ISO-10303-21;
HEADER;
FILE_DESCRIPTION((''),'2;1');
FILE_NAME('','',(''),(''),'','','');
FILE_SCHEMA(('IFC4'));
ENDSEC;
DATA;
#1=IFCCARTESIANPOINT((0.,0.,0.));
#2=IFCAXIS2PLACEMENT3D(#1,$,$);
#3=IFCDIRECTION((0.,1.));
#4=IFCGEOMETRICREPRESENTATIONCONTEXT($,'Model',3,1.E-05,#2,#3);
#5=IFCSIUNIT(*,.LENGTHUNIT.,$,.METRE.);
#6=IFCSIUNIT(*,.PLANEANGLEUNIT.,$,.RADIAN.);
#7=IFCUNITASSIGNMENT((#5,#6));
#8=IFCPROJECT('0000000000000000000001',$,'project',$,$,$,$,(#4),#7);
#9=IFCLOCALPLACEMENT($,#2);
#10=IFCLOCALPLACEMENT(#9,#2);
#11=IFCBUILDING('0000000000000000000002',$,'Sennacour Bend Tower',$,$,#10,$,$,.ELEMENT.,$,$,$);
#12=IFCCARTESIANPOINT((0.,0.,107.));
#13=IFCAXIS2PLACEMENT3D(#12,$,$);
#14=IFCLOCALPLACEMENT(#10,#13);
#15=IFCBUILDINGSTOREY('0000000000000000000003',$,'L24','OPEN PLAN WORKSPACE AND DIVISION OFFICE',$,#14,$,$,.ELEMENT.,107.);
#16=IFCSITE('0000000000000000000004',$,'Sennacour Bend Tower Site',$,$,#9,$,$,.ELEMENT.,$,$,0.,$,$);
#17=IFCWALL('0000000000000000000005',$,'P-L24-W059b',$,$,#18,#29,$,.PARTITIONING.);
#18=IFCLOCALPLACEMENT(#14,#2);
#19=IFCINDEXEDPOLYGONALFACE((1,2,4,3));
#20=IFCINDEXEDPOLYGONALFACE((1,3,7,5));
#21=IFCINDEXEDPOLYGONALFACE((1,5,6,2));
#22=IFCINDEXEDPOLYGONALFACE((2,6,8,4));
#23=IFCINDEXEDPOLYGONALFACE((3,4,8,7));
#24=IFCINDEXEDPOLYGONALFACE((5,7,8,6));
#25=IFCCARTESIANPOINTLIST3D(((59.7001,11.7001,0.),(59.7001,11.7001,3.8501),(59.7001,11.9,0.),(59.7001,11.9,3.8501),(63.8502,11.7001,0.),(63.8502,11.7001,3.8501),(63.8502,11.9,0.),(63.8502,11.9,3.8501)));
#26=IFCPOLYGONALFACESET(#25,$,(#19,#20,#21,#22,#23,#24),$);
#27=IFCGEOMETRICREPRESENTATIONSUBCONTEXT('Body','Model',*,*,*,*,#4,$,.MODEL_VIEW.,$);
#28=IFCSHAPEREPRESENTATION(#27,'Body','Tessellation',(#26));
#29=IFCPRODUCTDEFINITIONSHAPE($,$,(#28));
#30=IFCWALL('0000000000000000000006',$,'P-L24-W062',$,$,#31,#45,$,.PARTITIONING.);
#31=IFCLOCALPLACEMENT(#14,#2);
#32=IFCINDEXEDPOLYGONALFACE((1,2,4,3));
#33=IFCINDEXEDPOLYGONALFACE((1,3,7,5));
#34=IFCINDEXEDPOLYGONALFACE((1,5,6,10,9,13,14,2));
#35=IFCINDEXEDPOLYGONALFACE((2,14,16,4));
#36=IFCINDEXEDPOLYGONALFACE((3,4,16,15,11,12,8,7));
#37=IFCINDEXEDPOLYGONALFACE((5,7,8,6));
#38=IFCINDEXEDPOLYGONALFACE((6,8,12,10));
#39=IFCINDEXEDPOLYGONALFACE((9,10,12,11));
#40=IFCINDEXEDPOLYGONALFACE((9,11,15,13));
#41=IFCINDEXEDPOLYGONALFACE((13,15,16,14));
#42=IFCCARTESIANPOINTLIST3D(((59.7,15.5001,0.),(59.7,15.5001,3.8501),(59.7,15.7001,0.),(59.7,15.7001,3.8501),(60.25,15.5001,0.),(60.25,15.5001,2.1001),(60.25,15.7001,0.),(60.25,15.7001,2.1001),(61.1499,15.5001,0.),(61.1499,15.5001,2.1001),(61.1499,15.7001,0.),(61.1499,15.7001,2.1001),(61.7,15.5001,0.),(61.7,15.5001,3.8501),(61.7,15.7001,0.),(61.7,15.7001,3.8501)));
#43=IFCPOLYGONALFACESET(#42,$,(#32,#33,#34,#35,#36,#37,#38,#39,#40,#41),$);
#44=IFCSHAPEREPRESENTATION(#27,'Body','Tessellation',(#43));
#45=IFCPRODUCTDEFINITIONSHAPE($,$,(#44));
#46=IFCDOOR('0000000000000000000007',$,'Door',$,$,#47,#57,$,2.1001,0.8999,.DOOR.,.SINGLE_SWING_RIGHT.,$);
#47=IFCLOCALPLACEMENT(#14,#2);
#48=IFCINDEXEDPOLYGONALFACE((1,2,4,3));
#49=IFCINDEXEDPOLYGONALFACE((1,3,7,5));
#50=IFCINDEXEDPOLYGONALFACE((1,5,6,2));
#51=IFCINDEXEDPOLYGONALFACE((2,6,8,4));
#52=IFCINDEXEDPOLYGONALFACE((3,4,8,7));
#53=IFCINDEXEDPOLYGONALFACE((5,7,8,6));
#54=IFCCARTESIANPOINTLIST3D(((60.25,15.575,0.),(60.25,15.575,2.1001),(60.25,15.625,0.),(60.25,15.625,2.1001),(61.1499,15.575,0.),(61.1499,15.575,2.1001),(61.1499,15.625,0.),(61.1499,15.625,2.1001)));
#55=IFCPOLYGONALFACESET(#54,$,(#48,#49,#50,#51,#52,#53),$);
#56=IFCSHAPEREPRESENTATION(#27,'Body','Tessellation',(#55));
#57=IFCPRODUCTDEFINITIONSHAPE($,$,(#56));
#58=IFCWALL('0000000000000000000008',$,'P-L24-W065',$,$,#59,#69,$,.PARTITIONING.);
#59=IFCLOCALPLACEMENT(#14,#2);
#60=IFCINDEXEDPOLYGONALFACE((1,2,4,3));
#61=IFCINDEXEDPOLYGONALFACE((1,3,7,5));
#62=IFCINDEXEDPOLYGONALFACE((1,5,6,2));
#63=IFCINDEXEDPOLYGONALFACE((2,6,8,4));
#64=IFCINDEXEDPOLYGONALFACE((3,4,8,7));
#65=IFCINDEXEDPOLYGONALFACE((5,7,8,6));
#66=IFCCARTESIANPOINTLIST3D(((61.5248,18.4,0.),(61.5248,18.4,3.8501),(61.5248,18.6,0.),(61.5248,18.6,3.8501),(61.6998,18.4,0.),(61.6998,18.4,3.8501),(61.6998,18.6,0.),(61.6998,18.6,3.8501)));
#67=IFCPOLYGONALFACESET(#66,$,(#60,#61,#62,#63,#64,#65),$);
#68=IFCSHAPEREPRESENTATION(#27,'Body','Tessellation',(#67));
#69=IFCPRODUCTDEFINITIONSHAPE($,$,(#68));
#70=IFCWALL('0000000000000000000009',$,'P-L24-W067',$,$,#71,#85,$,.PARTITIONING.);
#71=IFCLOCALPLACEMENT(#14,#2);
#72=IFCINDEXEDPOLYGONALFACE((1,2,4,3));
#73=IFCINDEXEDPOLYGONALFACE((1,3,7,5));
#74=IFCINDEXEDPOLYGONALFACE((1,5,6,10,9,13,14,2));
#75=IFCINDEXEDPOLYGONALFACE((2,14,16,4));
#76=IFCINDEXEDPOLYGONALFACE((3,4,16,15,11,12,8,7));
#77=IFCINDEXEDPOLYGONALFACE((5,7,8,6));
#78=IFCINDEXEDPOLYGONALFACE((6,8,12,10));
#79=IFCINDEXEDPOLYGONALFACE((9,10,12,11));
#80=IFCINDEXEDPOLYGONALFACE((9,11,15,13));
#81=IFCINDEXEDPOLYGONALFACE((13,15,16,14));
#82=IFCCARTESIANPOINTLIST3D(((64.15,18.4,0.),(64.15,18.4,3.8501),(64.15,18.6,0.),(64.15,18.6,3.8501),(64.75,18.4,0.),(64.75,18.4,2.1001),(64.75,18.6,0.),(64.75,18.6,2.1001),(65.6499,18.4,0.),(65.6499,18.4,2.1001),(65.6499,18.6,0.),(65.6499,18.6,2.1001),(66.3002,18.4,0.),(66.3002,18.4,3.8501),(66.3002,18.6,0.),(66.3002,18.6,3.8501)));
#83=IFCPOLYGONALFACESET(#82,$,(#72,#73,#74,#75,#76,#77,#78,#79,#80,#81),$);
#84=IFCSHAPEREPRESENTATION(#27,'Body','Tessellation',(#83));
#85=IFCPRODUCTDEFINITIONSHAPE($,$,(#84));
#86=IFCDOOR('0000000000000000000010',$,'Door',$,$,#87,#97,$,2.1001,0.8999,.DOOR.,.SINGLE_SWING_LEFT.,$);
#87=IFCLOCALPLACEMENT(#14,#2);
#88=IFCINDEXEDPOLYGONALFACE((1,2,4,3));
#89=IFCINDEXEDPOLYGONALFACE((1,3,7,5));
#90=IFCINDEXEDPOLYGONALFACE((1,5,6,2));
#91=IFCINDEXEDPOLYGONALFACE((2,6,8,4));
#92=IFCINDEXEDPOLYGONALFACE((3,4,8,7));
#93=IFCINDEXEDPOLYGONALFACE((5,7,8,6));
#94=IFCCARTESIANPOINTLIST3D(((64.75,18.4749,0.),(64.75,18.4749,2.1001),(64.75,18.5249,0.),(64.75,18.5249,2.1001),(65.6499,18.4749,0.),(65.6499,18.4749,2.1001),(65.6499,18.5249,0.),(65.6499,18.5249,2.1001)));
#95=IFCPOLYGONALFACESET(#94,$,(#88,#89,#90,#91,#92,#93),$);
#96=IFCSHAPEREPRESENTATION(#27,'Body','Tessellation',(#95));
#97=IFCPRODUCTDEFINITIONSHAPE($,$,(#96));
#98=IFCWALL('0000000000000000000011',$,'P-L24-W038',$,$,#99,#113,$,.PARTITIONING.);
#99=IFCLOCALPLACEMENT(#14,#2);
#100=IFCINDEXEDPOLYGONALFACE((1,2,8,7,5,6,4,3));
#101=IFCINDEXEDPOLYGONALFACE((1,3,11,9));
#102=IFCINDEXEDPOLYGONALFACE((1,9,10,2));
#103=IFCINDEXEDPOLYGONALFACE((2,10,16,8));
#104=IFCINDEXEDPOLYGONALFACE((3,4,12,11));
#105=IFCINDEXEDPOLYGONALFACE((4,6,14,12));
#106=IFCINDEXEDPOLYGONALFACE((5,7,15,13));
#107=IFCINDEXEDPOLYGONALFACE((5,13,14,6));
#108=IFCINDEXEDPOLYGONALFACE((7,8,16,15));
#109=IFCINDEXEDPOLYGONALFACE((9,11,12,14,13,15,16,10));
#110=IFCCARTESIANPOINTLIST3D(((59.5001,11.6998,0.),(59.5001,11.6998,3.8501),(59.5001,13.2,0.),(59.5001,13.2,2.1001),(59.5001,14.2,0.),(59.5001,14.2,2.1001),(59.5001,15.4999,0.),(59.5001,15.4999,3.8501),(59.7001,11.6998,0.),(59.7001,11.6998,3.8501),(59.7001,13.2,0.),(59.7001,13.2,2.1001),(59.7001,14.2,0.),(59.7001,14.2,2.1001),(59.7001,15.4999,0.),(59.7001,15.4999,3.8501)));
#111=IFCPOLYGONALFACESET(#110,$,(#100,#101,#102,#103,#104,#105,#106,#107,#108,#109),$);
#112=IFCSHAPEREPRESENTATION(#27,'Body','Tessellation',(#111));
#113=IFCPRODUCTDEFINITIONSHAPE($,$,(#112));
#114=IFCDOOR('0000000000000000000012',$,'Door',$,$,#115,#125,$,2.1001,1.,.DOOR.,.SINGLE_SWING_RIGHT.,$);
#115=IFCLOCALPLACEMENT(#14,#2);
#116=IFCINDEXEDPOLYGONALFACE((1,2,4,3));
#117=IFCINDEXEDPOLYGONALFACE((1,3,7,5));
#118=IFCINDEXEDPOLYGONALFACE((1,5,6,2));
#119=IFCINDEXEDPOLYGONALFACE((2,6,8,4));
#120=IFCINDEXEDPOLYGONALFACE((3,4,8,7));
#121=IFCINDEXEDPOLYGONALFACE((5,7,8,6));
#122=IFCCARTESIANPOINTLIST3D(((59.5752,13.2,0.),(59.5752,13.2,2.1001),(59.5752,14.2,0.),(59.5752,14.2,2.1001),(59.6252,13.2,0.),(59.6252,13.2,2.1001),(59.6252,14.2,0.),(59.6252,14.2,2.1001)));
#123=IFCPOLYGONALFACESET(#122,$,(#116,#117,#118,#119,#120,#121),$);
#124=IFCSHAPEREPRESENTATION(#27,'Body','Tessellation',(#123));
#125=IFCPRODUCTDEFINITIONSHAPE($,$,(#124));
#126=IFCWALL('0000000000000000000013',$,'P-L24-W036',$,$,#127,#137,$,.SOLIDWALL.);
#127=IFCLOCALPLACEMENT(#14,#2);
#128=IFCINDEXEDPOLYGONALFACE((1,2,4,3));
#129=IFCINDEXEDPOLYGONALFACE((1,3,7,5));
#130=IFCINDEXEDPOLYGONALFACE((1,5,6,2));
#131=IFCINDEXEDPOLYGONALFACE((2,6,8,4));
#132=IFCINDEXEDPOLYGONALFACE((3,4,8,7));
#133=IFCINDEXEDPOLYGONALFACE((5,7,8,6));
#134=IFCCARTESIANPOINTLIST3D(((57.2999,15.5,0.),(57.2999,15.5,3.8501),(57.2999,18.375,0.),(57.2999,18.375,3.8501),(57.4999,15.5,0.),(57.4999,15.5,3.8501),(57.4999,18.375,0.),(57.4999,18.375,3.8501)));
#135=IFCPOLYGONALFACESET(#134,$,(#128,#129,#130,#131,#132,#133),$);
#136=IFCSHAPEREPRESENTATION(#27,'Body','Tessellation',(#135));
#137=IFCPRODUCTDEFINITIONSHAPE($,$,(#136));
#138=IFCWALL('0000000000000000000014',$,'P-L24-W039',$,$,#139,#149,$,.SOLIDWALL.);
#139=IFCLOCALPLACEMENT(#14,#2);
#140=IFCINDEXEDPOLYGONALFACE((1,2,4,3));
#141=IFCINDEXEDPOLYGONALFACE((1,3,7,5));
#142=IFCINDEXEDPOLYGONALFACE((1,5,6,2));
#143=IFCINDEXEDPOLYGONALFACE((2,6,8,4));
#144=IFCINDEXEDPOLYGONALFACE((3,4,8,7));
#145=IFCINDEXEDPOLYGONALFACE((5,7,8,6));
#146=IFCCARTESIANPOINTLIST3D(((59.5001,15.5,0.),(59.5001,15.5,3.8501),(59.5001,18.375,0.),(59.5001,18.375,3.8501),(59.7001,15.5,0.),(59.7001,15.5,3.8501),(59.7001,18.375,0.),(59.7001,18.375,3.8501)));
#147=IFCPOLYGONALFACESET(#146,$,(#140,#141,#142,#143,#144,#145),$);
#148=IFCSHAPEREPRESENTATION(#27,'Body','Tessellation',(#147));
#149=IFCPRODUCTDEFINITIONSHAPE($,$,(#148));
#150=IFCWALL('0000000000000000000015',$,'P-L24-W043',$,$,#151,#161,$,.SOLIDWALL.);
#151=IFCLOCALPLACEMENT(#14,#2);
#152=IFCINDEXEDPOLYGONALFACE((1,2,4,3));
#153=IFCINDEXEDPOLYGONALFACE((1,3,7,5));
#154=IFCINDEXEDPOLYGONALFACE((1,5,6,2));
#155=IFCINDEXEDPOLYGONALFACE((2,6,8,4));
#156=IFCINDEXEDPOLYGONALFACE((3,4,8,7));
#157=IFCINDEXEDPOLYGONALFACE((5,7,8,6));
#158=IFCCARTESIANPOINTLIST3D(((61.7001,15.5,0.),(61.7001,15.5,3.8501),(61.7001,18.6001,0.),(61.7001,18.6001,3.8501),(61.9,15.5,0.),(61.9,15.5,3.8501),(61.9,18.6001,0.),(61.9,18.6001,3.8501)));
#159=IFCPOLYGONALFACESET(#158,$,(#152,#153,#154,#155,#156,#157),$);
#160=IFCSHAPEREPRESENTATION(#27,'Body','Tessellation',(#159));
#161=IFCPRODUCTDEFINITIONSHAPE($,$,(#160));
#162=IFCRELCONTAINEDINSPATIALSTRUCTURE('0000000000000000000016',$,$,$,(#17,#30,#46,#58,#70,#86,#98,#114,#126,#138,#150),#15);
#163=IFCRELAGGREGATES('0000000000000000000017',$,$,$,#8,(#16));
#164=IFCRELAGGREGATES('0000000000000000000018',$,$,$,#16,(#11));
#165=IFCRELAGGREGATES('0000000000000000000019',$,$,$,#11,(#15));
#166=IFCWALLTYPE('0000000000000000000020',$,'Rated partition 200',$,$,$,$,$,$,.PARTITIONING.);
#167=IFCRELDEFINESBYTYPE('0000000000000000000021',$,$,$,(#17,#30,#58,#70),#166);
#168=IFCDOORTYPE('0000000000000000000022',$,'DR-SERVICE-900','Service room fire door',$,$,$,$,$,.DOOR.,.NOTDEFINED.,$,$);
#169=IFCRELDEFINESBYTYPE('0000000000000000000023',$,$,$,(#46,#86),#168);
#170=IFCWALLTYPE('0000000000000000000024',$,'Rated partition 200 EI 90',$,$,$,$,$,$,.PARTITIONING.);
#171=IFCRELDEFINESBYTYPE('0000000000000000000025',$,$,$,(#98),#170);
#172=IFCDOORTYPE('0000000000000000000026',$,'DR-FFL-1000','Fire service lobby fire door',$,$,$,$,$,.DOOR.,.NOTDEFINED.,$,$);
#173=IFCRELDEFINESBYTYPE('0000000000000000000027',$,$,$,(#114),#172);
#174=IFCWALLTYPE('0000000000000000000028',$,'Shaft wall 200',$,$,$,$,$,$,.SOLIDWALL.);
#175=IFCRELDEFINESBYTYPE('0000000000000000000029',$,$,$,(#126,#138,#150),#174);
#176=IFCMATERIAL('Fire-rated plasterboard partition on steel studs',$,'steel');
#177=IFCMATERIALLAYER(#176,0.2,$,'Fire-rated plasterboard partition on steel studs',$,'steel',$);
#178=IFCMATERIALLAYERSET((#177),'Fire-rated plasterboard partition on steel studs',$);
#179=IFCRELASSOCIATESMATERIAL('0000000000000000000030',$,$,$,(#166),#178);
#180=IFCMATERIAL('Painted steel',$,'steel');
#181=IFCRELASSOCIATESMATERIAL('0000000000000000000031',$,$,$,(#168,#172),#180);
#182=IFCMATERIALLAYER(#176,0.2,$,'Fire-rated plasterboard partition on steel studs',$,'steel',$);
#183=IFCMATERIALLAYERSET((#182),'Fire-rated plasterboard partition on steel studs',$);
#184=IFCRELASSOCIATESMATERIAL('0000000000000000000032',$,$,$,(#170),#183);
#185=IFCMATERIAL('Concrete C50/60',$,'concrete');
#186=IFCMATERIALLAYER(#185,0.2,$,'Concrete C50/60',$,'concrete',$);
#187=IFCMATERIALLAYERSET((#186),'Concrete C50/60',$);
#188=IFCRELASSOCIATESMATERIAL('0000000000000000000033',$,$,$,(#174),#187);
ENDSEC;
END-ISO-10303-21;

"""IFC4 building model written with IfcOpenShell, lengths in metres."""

from ifc_helpers import new_model, si_unit, direction, frame, frame_2d, origin, place, context, subcontext, project, spatial, rectangle, extrude, material, layer, layer_set, type_object, element, fill, save


model = new_model("IFC4")

# Units and contexts
model_context = context("Model", 3, precision=1e-05, world=origin(), true_north=direction((0.0, 1.0)))
body_context = subcontext(model_context, "Body", "Model", "MODEL_VIEW")
ifc_project = project(units=[si_unit("LENGTHUNIT", "METRE"), si_unit("PLANEANGLEUNIT", "RADIAN")], contexts=[model_context])

# Site, building, storey
site_placement = place(None, origin())
site = spatial("IfcSite", under=ifc_project, at=site_placement, Name="Sennacour Bend Tower Site", CompositionType="ELEMENT", RefElevation=0.0)
building_placement = place(site_placement, origin())
building = spatial("IfcBuilding", under=site, at=building_placement, Name="Sennacour Bend Tower", CompositionType="ELEMENT")
storey_placement = place(building_placement, frame((0.0, 0.0, 107.0)))
storey = spatial("IfcBuildingStorey", under=building, at=storey_placement, Name="L24", Description="OPEN PLAN WORKSPACE AND DIVISION OFFICE", CompositionType="ELEMENT", Elevation=107.0)

# Wall
ifc_material_1 = material(Name="Fire-rated plasterboard partition on steel studs", Category="steel")
ifc_layer_1 = layer(ifc_material_1, 0.2, Name="Fire-rated plasterboard partition on steel studs", Category="steel")
ifc_layer_set_1 = layer_set([ifc_layer_1], Name="Fire-rated plasterboard partition on steel studs")
wall_type_1 = type_object("IfcWallType", Name="Rated partition 200", PredefinedType="PARTITIONING", material=ifc_layer_set_1)
wall_1_placement = place(storey_placement, frame((59.7, 11.8, 0.0), z_axis=(0.0, 0.0, 1.0), x_axis=(1.0, 0.0, 0.0)))
element("IfcWall", 1, at=wall_1_placement, inside=storey, type_object=wall_type_1, Name="P-L24-W059b", PredefinedType="PARTITIONING", context=body_context, shape_type="SweptSolid", body=[
    extrude(rectangle(XDim=4.1501, YDim=0.2, at=frame_2d((2.0752, 0.0))), origin(), (0.0, 0.0, 1.0), 3.8501),
])

# Wall, opening, door
wall_2_placement = place(storey_placement, frame((59.7, 15.6001, 0.0), z_axis=(0.0, 0.0, 1.0), x_axis=(1.0, 0.0, 0.0)))
wall_2 = element("IfcWall", 2, at=wall_2_placement, inside=storey, type_object=wall_type_1, Name="P-L24-W062", PredefinedType="PARTITIONING", context=body_context, shape_type="SweptSolid", body=[
    extrude(rectangle(XDim=2.0, YDim=0.2, at=frame_2d((1.0, 0.0))), origin(), (0.0, 0.0, 1.0), 3.8501),
])
opening_1_placement = place(wall_2_placement, frame((0.55, 0.0, 0.0)))
opening_1 = element("IfcOpeningElement", 3, at=opening_1_placement, cuts=wall_2, PredefinedType="OPENING", context=body_context, shape_type="SweptSolid", body=[
    extrude(rectangle(XDim=0.8999, YDim=2.1001, at=frame_2d((0.45, 1.05))), frame((0.0, 0.1099, 0.0), z_axis=(0.0, -1.0, 0.0), x_axis=(1.0, 0.0, 0.0)), (0.0, 0.0, 1.0), 0.22),
])
ifc_material_2 = material(Name="Painted steel", Category="steel")
door_type_1 = type_object("IfcDoorType", Name="DR-SERVICE-900", Description="Service room fire door", OperationType="NOTDEFINED", PredefinedType="DOOR", material=ifc_material_2)
door_1_placement = place(opening_1_placement, origin())
door_1 = element("IfcDoor", 4, at=door_1_placement, inside=storey, type_object=door_type_1, Name="Door", OperationType="SINGLE_SWING_RIGHT", OverallHeight=2.1001, OverallWidth=0.8999, PredefinedType="DOOR", context=body_context, shape_type="SweptSolid", body=[
    extrude(rectangle(XDim=0.8999, YDim=2.1001, at=frame_2d((0.45, 1.05))), frame((0.0, 0.0249, 0.0), z_axis=(0.0, -1.0, 0.0), x_axis=(1.0, 0.0, 0.0)), (0.0, 0.0, 1.0), 0.05),
])
fill(opening_1, door_1)

# Wall
wall_3_placement = place(storey_placement, frame((61.5249, 18.5, 0.0), z_axis=(0.0, 0.0, 1.0), x_axis=(1.0, 0.0, 0.0)))
element("IfcWall", 5, at=wall_3_placement, inside=storey, type_object=wall_type_1, Name="P-L24-W065", PredefinedType="PARTITIONING", context=body_context, shape_type="SweptSolid", body=[
    extrude(rectangle(XDim=0.175, YDim=0.2, at=frame_2d((0.0874, 0.0))), origin(), (0.0, 0.0, 1.0), 3.8501),
])

# Walls, openings, doors
wall_4_placement = place(storey_placement, frame((64.1499, 18.5, 0.0), z_axis=(0.0, 0.0, 1.0), x_axis=(1.0, 0.0, 0.0)))
wall_4 = element("IfcWall", 6, at=wall_4_placement, inside=storey, type_object=wall_type_1, Name="P-L24-W067", PredefinedType="PARTITIONING", context=body_context, shape_type="SweptSolid", body=[
    extrude(rectangle(XDim=2.1501, YDim=0.2, at=frame_2d((1.0752, 0.0))), origin(), (0.0, 0.0, 1.0), 3.8501),
])
opening_2_placement = place(wall_4_placement, frame((0.6001, 0.0, 0.0)))
opening_2 = element("IfcOpeningElement", 7, at=opening_2_placement, cuts=wall_4, PredefinedType="OPENING", context=body_context, shape_type="SweptSolid", body=[
    extrude(rectangle(XDim=0.8999, YDim=2.1001, at=frame_2d((0.45, 1.05))), frame((0.0, 0.1099, 0.0), z_axis=(0.0, -1.0, 0.0), x_axis=(1.0, 0.0, 0.0)), (0.0, 0.0, 1.0), 0.22),
])
door_2_placement = place(opening_2_placement, origin())
door_2 = element("IfcDoor", 8, at=door_2_placement, inside=storey, type_object=door_type_1, Name="Door", OperationType="SINGLE_SWING_LEFT", OverallHeight=2.1001, OverallWidth=0.8999, PredefinedType="DOOR", context=body_context, shape_type="SweptSolid", body=[
    extrude(rectangle(XDim=0.8999, YDim=2.1001, at=frame_2d((0.45, 1.05))), frame((0.0, 0.0249, 0.0), z_axis=(0.0, -1.0, 0.0), x_axis=(1.0, 0.0, 0.0)), (0.0, 0.0, 1.0), 0.05),
])
fill(opening_2, door_2)
ifc_layer_2 = layer(ifc_material_1, 0.2, Name="Fire-rated plasterboard partition on steel studs", Category="steel")
ifc_layer_set_2 = layer_set([ifc_layer_2], Name="Fire-rated plasterboard partition on steel studs")
wall_type_2 = type_object("IfcWallType", Name="Rated partition 200 EI 90", PredefinedType="PARTITIONING", material=ifc_layer_set_2)
wall_5_placement = place(storey_placement, frame((59.6001, 11.7, 0.0), z_axis=(0.0, 0.0, 1.0), x_axis=(0.0, 1.0, 0.0)))
wall_5 = element("IfcWall", 9, at=wall_5_placement, inside=storey, type_object=wall_type_2, Name="P-L24-W038", PredefinedType="PARTITIONING", context=body_context, shape_type="SweptSolid", body=[
    extrude(rectangle(XDim=3.8, YDim=0.2, at=frame_2d((1.8999, 0.0))), origin(), (0.0, 0.0, 1.0), 3.8501),
])
opening_3_placement = place(wall_5_placement, frame((1.5, 0.0, 0.0)))
opening_3 = element("IfcOpeningElement", 10, at=opening_3_placement, cuts=wall_5, PredefinedType="OPENING", context=body_context, shape_type="SweptSolid", body=[
    extrude(rectangle(XDim=1.0, YDim=2.1001, at=frame_2d((0.5, 1.05))), frame((0.0, 0.1099, 0.0), z_axis=(0.0, -1.0, 0.0), x_axis=(1.0, 0.0, 0.0)), (0.0, 0.0, 1.0), 0.22),
])
door_type_2 = type_object("IfcDoorType", Name="DR-FFL-1000", Description="Fire service lobby fire door", OperationType="NOTDEFINED", PredefinedType="DOOR", material=ifc_material_2)
door_3_placement = place(opening_3_placement, origin())
door_3 = element("IfcDoor", 11, at=door_3_placement, inside=storey, type_object=door_type_2, Name="Door", OperationType="SINGLE_SWING_RIGHT", OverallHeight=2.1001, OverallWidth=1.0, PredefinedType="DOOR", context=body_context, shape_type="SweptSolid", body=[
    extrude(rectangle(XDim=1.0, YDim=2.1001, at=frame_2d((0.5, 1.05))), frame((0.0, 0.0249, 0.0), z_axis=(0.0, -1.0, 0.0), x_axis=(1.0, 0.0, 0.0)), (0.0, 0.0, 1.0), 0.05),
])
fill(opening_3, door_3)

# Walls
ifc_material_3 = material(Name="Concrete C50/60", Category="concrete")
ifc_layer_3 = layer(ifc_material_3, 0.2, Name="Concrete C50/60", Category="concrete")
ifc_layer_set_3 = layer_set([ifc_layer_3], Name="Concrete C50/60")
wall_type_3 = type_object("IfcWallType", Name="Shaft wall 200", PredefinedType="SOLIDWALL", material=ifc_layer_set_3)
for number, where, z_axis, x_axis, name in (
    (12, (57.3999, 15.5, 0.0), (0.0, 0.0, 1.0), (0.0, 1.0, 0.0), "P-L24-W036"),
    (13, (59.6001, 15.5, 0.0), (0.0, 0.0, 1.0), (0.0, 1.0, 0.0), "P-L24-W039"),
):
    element("IfcWall", number, at=place(storey_placement, frame(where, z_axis=z_axis, x_axis=x_axis)), inside=storey, type_object=wall_type_3, Name=name, PredefinedType="SOLIDWALL", context=body_context, shape_type="SweptSolid", body=[
        extrude(rectangle(XDim=2.875, YDim=0.2, at=frame_2d((1.4375, 0.0))), origin(), (0.0, 0.0, 1.0), 3.8501),
    ])
wall_6_placement = place(storey_placement, frame((61.8, 15.5, 0.0), z_axis=(0.0, 0.0, 1.0), x_axis=(0.0, 1.0, 0.0)))
element("IfcWall", 14, at=wall_6_placement, inside=storey, type_object=wall_type_3, Name="P-L24-W043", PredefinedType="SOLIDWALL", context=body_context, shape_type="SweptSolid", body=[
    extrude(rectangle(XDim=3.1001, YDim=0.2, at=frame_2d((1.55, 0.0))), origin(), (0.0, 0.0, 1.0), 3.8501),
])

save(model, "model.ifc")
